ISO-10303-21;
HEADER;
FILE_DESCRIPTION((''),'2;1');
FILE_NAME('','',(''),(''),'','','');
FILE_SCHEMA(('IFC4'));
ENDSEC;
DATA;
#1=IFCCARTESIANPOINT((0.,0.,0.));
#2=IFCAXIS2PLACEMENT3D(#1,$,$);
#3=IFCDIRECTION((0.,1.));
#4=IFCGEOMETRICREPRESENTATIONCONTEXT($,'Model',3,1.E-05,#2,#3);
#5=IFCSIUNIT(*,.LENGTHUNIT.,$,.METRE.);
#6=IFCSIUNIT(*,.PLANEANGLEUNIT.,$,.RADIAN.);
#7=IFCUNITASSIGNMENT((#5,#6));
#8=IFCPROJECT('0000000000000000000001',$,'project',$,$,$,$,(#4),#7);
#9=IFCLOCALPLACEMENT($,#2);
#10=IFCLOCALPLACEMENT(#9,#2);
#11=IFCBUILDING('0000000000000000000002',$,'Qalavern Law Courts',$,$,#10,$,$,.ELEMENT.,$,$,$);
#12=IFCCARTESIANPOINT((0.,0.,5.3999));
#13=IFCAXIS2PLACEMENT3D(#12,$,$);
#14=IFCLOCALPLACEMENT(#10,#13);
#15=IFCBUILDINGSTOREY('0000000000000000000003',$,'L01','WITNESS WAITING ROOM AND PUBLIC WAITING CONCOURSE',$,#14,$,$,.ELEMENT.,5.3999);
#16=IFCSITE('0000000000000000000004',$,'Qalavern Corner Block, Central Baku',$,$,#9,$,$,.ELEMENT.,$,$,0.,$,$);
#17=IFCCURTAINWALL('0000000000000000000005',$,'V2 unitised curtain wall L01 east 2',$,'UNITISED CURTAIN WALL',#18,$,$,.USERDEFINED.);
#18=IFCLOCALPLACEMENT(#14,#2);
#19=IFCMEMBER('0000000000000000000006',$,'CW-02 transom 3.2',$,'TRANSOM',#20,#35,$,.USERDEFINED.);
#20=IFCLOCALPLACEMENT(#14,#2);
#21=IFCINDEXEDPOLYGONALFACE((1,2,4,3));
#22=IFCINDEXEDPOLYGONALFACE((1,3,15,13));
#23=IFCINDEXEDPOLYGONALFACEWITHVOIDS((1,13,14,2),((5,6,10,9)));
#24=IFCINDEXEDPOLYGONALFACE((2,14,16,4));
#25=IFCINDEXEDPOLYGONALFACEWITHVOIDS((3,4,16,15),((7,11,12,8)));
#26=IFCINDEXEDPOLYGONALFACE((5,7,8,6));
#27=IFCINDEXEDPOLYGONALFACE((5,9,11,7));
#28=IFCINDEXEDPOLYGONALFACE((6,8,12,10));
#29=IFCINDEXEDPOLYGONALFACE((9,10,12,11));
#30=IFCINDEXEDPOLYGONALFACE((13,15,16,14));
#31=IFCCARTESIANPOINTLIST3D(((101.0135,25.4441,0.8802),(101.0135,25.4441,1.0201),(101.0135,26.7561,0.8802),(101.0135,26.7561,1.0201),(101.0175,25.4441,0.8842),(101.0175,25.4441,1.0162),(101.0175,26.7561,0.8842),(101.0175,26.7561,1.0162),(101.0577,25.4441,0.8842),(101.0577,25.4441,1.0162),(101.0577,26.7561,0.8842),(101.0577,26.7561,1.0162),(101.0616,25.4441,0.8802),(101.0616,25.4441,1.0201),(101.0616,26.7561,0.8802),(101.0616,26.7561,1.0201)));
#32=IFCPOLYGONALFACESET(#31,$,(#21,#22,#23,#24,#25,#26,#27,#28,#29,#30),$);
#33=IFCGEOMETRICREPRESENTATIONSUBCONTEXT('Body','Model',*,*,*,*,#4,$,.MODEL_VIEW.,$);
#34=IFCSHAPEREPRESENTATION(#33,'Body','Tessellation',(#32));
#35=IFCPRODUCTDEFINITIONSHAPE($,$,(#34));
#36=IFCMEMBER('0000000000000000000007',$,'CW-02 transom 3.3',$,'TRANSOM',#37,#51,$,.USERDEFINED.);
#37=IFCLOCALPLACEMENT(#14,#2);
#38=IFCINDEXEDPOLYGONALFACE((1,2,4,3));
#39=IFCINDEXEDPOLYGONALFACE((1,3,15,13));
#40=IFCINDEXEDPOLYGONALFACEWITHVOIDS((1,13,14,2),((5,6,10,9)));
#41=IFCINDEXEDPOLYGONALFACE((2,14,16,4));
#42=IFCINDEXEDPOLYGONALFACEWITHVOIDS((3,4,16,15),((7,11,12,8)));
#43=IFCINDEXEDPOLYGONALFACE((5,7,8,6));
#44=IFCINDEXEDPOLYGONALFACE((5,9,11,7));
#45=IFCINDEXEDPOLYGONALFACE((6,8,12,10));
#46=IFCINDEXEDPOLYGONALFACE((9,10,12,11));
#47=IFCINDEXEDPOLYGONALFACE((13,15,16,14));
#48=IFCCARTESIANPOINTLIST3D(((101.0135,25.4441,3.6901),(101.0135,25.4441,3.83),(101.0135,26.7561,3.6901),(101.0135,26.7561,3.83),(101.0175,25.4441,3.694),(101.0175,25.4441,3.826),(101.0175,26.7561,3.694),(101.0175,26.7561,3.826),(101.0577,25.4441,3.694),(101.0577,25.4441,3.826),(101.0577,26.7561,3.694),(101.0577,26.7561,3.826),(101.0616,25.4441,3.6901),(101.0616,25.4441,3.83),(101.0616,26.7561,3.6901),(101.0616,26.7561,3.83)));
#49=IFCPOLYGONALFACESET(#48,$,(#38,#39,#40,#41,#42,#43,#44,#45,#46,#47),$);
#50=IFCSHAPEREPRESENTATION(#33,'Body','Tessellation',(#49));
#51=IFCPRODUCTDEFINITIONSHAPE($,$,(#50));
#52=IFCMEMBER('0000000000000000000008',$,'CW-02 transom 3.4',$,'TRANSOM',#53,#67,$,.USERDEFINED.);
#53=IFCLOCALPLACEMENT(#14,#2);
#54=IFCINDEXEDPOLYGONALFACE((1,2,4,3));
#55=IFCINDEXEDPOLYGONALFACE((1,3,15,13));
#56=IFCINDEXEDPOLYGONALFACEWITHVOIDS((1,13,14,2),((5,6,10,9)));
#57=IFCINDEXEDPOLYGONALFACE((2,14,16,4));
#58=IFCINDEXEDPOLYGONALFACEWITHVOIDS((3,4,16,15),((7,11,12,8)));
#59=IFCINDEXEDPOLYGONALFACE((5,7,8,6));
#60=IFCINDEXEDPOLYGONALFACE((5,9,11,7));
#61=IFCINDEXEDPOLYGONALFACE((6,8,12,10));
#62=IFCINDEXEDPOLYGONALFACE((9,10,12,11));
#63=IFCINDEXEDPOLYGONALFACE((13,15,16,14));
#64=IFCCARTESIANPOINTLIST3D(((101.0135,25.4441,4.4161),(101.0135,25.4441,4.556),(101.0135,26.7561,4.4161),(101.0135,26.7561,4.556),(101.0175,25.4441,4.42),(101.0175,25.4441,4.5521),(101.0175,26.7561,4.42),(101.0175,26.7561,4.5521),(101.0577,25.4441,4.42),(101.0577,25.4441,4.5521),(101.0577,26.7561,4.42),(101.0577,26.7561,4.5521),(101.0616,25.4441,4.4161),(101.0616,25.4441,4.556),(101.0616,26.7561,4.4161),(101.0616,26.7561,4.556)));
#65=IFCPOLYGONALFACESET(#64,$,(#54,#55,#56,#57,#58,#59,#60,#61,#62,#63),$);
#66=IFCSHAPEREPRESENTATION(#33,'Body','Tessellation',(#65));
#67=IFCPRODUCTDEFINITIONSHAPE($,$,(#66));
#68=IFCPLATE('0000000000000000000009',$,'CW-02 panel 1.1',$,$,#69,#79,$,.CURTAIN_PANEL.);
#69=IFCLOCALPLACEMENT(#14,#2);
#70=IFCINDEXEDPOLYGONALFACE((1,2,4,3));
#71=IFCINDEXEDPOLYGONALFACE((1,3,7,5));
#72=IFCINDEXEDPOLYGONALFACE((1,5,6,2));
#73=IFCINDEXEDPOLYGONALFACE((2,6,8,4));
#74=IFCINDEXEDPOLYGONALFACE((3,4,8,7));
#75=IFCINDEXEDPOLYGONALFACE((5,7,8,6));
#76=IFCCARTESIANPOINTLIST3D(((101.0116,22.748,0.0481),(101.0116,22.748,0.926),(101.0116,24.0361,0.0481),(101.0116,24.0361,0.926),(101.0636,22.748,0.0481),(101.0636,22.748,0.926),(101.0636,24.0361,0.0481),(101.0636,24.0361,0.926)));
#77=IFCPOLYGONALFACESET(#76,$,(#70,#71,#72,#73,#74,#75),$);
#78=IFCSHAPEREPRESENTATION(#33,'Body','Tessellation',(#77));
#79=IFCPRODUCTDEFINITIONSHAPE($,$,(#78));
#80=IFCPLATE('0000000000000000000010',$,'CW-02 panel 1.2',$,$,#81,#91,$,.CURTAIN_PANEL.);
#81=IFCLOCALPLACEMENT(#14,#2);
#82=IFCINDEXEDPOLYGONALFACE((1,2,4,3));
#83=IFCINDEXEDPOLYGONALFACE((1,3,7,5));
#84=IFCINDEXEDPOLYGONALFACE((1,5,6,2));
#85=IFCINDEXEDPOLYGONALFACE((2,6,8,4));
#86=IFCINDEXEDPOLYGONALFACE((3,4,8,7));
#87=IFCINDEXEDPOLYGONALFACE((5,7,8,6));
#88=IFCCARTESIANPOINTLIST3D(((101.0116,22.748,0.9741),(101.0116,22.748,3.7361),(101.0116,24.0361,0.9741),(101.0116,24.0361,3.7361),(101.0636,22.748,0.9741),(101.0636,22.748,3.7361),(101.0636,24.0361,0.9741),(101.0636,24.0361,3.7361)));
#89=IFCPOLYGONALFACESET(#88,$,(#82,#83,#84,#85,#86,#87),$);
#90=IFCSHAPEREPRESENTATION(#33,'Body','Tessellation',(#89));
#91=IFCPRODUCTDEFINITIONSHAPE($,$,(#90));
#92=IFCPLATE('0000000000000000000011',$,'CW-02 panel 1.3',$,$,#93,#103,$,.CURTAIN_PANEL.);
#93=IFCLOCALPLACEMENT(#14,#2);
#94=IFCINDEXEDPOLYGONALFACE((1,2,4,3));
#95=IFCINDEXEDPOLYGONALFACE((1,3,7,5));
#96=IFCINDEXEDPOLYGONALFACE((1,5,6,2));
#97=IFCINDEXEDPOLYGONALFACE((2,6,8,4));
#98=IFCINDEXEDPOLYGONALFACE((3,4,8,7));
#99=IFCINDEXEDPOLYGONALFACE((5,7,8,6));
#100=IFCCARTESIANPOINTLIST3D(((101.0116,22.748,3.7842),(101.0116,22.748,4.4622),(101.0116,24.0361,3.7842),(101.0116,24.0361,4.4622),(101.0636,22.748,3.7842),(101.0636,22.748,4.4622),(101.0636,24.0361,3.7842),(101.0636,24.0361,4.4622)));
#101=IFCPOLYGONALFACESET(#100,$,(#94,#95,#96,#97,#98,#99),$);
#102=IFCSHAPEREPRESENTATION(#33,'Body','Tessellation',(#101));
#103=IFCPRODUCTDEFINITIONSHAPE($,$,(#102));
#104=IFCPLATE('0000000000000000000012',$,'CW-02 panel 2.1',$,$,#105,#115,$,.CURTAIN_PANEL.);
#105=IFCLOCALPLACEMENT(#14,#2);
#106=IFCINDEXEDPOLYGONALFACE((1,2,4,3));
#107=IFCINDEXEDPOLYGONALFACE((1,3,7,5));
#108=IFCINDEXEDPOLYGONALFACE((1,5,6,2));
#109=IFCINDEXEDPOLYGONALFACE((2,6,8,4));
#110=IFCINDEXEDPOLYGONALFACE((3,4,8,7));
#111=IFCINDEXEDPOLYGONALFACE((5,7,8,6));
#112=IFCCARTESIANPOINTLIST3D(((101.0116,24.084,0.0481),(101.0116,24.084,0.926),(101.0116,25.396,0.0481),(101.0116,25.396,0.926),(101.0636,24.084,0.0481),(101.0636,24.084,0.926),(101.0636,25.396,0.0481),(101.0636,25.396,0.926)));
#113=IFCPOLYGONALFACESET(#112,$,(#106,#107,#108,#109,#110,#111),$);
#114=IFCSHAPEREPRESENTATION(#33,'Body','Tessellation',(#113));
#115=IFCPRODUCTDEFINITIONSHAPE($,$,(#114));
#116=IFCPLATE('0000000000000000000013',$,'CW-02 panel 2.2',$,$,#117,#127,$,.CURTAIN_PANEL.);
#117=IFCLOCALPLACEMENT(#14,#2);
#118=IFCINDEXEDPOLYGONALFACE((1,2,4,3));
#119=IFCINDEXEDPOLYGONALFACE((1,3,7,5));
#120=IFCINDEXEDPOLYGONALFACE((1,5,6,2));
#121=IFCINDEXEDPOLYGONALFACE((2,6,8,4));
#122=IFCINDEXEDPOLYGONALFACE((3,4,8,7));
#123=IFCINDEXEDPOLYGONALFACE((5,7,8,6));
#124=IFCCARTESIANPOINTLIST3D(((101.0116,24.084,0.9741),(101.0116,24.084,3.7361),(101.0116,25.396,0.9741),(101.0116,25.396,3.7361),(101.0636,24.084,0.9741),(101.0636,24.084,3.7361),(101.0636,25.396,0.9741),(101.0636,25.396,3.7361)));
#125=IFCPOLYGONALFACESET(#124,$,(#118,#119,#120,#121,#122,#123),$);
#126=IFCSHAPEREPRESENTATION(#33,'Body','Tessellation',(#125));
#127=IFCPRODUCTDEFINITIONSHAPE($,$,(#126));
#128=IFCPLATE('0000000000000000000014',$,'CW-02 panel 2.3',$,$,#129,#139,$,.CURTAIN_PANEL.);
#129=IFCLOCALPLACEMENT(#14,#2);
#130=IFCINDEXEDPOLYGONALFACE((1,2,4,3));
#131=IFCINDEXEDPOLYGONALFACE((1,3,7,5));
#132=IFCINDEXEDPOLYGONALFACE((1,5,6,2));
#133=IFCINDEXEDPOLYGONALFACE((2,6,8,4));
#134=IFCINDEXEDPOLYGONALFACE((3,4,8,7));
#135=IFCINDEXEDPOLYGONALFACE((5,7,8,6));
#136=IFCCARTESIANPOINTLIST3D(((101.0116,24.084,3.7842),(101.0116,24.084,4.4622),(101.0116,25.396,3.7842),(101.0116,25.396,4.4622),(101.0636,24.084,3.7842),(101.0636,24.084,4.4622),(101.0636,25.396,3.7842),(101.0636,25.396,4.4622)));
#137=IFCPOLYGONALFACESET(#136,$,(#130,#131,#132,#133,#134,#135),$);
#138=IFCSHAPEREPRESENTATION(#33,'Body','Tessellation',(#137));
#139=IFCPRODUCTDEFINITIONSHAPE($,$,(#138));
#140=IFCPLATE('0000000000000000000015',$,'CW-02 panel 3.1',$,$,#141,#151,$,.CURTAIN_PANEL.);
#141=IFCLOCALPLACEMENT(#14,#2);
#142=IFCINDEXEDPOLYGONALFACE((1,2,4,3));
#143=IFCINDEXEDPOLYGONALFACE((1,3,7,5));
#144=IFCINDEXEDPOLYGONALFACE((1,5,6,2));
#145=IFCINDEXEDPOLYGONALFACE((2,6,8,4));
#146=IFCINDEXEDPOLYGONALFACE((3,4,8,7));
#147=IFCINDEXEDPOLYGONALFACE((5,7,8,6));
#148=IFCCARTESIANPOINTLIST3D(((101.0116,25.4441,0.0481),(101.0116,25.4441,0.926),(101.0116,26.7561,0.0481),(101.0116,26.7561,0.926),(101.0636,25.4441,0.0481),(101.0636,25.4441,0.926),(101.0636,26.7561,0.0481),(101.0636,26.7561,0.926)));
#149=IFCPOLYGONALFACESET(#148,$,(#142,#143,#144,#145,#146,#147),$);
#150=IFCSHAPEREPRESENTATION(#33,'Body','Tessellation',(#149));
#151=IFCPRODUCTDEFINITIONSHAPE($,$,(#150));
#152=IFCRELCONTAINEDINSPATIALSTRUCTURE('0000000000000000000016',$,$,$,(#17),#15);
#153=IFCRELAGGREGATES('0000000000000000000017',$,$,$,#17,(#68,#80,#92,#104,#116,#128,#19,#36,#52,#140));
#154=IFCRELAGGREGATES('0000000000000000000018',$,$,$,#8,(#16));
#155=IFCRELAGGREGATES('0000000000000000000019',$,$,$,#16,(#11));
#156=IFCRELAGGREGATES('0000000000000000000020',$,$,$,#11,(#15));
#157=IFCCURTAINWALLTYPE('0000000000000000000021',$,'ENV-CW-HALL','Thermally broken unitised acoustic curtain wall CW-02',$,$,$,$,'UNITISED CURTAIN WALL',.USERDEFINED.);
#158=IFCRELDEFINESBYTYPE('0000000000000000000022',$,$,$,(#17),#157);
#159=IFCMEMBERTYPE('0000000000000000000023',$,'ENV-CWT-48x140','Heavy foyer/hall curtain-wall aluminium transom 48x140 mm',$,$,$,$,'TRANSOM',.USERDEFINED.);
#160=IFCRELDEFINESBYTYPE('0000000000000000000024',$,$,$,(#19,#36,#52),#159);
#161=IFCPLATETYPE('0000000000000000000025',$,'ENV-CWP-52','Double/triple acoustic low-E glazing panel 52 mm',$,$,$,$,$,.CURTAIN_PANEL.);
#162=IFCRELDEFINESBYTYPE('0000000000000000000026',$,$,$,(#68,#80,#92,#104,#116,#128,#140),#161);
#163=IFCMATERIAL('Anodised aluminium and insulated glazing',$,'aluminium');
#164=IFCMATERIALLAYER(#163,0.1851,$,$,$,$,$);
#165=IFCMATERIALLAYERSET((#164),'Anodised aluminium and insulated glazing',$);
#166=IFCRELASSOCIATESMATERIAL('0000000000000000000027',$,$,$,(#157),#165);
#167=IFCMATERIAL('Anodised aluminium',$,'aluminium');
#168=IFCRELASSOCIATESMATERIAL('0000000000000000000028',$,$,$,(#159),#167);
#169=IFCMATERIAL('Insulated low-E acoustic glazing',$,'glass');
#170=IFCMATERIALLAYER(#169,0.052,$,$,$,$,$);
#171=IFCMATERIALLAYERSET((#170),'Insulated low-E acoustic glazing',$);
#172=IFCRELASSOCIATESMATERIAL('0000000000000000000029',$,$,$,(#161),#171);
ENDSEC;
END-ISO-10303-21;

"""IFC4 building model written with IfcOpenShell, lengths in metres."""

from ifc_helpers import new_model, si_unit, direction, frame, origin, origin_2d, place, context, subcontext, project, spatial, rectangle, hollow_rectangle, extrude, material, layer, layer_set, material_profile, profile_set, type_object, element, aggregate, save


model = new_model("IFC4")

# Units and contexts
model_context = context("Model", 3, precision=1e-05, world=origin(), true_north=direction((0.0, 1.0)))
body_context = subcontext(model_context, "Body", "Model", "MODEL_VIEW")
ifc_project = project(units=[si_unit("LENGTHUNIT", "METRE"), si_unit("PLANEANGLEUNIT", "RADIAN")], contexts=[model_context])

# Site, building, storey
site_placement = place(None, origin())
site = spatial("IfcSite", under=ifc_project, at=site_placement, Name="Qalavern Corner Block, Central Baku", CompositionType="ELEMENT", RefElevation=0.0)
building_placement = place(site_placement, origin())
building = spatial("IfcBuilding", under=site, at=building_placement, Name="Qalavern Law Courts", CompositionType="ELEMENT")
storey_placement = place(building_placement, frame((0.0, 0.0, 5.3999)))
storey = spatial("IfcBuildingStorey", under=building, at=storey_placement, Name="L01", Description="WITNESS WAITING ROOM AND PUBLIC WAITING CONCOURSE", CompositionType="ELEMENT", Elevation=5.3999)

# Curtain wall, members, plates
ifc_material_1 = material(Name="Anodised aluminium and insulated glazing", Category="aluminium")
ifc_layer_1 = layer(ifc_material_1, 0.1851)
ifc_layer_set_1 = layer_set([ifc_layer_1], Name="Anodised aluminium and insulated glazing")
curtain_wall_type = type_object("IfcCurtainWallType", Name="ENV-CW-HALL", Description="Thermally broken unitised acoustic curtain wall CW-02", ElementType="UNITISED CURTAIN WALL", PredefinedType="USERDEFINED", material=ifc_layer_set_1)
curtain_wall_placement = place(storey_placement, origin())
curtain_wall = element("IfcCurtainWall", 1, at=curtain_wall_placement, inside=storey, type_object=curtain_wall_type, Name="V2 unitised curtain wall L01 east 2", ObjectType="UNITISED CURTAIN WALL", PredefinedType="USERDEFINED")
ifc_material_2 = material(Name="Anodised aluminium", Category="aluminium")
ifc_material_profile_1 = material_profile(ifc_material_2, hollow_rectangle(XDim=0.0481, YDim=0.1399, WallThickness=0.0039, at=origin_2d()), Name="ALU TRANSOM 48x140")
ifc_profile_set_1 = profile_set([ifc_material_profile_1], Name="Anodised aluminium")
member_type_1 = type_object("IfcMemberType", Name="ENV-CWT-48x140", Description="Heavy foyer/hall curtain-wall aluminium transom 48x140 mm", ElementType="TRANSOM", PredefinedType="USERDEFINED", material=ifc_profile_set_1)
member_1_placement = place(storey_placement, frame((101.0376, 25.4441, 0.9502), z_axis=(0.0, 1.0, 0.0), x_axis=(-1.0, 0.0, 0.0)))
member_1 = element("IfcMember", 2, at=member_1_placement, type_object=member_type_1, Name="CW-02 transom 3.2", ObjectType="TRANSOM", PredefinedType="USERDEFINED", context=body_context, shape_type="SweptSolid", body=[
    extrude(hollow_rectangle(XDim=0.0481, YDim=0.1399, WallThickness=0.0039, at=origin_2d()), origin(), (0.0, 0.0, 1.0), 1.312),
])
member_2_placement = place(storey_placement, frame((101.0376, 25.4441, 3.76), z_axis=(0.0, 1.0, 0.0), x_axis=(-1.0, 0.0, 0.0)))
member_2 = element("IfcMember", 3, at=member_2_placement, type_object=member_type_1, Name="CW-02 transom 3.3", ObjectType="TRANSOM", PredefinedType="USERDEFINED", context=body_context, shape_type="SweptSolid", body=[
    extrude(hollow_rectangle(XDim=0.0481, YDim=0.1399, WallThickness=0.0039, at=origin_2d()), origin(), (0.0, 0.0, 1.0), 1.312),
])
member_3_placement = place(storey_placement, frame((101.0376, 25.4441, 4.4861), z_axis=(0.0, 1.0, 0.0), x_axis=(-1.0, 0.0, 0.0)))
member_3 = element("IfcMember", 4, at=member_3_placement, type_object=member_type_1, Name="CW-02 transom 3.4", ObjectType="TRANSOM", PredefinedType="USERDEFINED", context=body_context, shape_type="SweptSolid", body=[
    extrude(hollow_rectangle(XDim=0.0481, YDim=0.1399, WallThickness=0.0039, at=origin_2d()), origin(), (0.0, 0.0, 1.0), 1.312),
])
ifc_material_3 = material(Name="Insulated low-E acoustic glazing", Category="glass")
ifc_layer_2 = layer(ifc_material_3, 0.052)
ifc_layer_set_2 = layer_set([ifc_layer_2], Name="Insulated low-E acoustic glazing")
plate_type = type_object("IfcPlateType", Name="ENV-CWP-52", Description="Double/triple acoustic low-E glazing panel 52 mm", PredefinedType="CURTAIN_PANEL", material=ifc_layer_set_2)
plate_1_placement = place(storey_placement, frame((101.0376, 23.3921, 0.0481), z_axis=(0.0, 0.0, 1.0), x_axis=(0.0, 1.0, 0.0)))
plate_1 = element("IfcPlate", 5, at=plate_1_placement, type_object=plate_type, Name="CW-02 panel 1.1", PredefinedType="CURTAIN_PANEL", context=body_context, shape_type="SweptSolid", body=[
    extrude(rectangle(XDim=1.2881, YDim=0.052, at=origin_2d()), origin(), (0.0, 0.0, 1.0), 0.8779),
])
plate_2_placement = place(storey_placement, frame((101.0376, 23.3921, 0.9741), z_axis=(0.0, 0.0, 1.0), x_axis=(0.0, 1.0, 0.0)))
plate_2 = element("IfcPlate", 6, at=plate_2_placement, type_object=plate_type, Name="CW-02 panel 1.2", PredefinedType="CURTAIN_PANEL", context=body_context, shape_type="SweptSolid", body=[
    extrude(rectangle(XDim=1.2881, YDim=0.052, at=origin_2d()), origin(), (0.0, 0.0, 1.0), 2.762),
])
plate_3_placement = place(storey_placement, frame((101.0376, 23.3921, 3.7842), z_axis=(0.0, 0.0, 1.0), x_axis=(0.0, 1.0, 0.0)))
plate_3 = element("IfcPlate", 7, at=plate_3_placement, type_object=plate_type, Name="CW-02 panel 1.3", PredefinedType="CURTAIN_PANEL", context=body_context, shape_type="SweptSolid", body=[
    extrude(rectangle(XDim=1.2881, YDim=0.052, at=origin_2d()), origin(), (0.0, 0.0, 1.0), 0.678),
])
plate_4_placement = place(storey_placement, frame((101.0376, 24.74, 0.0481), z_axis=(0.0, 0.0, 1.0), x_axis=(0.0, 1.0, 0.0)))
plate_4 = element("IfcPlate", 8, at=plate_4_placement, type_object=plate_type, Name="CW-02 panel 2.1", PredefinedType="CURTAIN_PANEL", context=body_context, shape_type="SweptSolid", body=[
    extrude(rectangle(XDim=1.312, YDim=0.052, at=origin_2d()), origin(), (0.0, 0.0, 1.0), 0.8779),
])
plate_5_placement = place(storey_placement, frame((101.0376, 24.74, 0.9741), z_axis=(0.0, 0.0, 1.0), x_axis=(0.0, 1.0, 0.0)))
plate_5 = element("IfcPlate", 9, at=plate_5_placement, type_object=plate_type, Name="CW-02 panel 2.2", PredefinedType="CURTAIN_PANEL", context=body_context, shape_type="SweptSolid", body=[
    extrude(rectangle(XDim=1.312, YDim=0.052, at=origin_2d()), origin(), (0.0, 0.0, 1.0), 2.762),
])
plate_6_placement = place(storey_placement, frame((101.0376, 24.74, 3.7842), z_axis=(0.0, 0.0, 1.0), x_axis=(0.0, 1.0, 0.0)))
plate_6 = element("IfcPlate", 10, at=plate_6_placement, type_object=plate_type, Name="CW-02 panel 2.3", PredefinedType="CURTAIN_PANEL", context=body_context, shape_type="SweptSolid", body=[
    extrude(rectangle(XDim=1.312, YDim=0.052, at=origin_2d()), origin(), (0.0, 0.0, 1.0), 0.678),
])
plate_7_placement = place(storey_placement, frame((101.0376, 26.1001, 0.0481), z_axis=(0.0, 0.0, 1.0), x_axis=(0.0, 1.0, 0.0)))
plate_7 = element("IfcPlate", 11, at=plate_7_placement, type_object=plate_type, Name="CW-02 panel 3.1", PredefinedType="CURTAIN_PANEL", context=body_context, shape_type="SweptSolid", body=[
    extrude(rectangle(XDim=1.312, YDim=0.052, at=origin_2d()), origin(), (0.0, 0.0, 1.0), 0.8779),
])
aggregate(curtain_wall, [plate_1, plate_2, plate_3, plate_4, plate_5, plate_6, member_1, member_2, member_3, plate_7])

save(model, "model.ifc")
